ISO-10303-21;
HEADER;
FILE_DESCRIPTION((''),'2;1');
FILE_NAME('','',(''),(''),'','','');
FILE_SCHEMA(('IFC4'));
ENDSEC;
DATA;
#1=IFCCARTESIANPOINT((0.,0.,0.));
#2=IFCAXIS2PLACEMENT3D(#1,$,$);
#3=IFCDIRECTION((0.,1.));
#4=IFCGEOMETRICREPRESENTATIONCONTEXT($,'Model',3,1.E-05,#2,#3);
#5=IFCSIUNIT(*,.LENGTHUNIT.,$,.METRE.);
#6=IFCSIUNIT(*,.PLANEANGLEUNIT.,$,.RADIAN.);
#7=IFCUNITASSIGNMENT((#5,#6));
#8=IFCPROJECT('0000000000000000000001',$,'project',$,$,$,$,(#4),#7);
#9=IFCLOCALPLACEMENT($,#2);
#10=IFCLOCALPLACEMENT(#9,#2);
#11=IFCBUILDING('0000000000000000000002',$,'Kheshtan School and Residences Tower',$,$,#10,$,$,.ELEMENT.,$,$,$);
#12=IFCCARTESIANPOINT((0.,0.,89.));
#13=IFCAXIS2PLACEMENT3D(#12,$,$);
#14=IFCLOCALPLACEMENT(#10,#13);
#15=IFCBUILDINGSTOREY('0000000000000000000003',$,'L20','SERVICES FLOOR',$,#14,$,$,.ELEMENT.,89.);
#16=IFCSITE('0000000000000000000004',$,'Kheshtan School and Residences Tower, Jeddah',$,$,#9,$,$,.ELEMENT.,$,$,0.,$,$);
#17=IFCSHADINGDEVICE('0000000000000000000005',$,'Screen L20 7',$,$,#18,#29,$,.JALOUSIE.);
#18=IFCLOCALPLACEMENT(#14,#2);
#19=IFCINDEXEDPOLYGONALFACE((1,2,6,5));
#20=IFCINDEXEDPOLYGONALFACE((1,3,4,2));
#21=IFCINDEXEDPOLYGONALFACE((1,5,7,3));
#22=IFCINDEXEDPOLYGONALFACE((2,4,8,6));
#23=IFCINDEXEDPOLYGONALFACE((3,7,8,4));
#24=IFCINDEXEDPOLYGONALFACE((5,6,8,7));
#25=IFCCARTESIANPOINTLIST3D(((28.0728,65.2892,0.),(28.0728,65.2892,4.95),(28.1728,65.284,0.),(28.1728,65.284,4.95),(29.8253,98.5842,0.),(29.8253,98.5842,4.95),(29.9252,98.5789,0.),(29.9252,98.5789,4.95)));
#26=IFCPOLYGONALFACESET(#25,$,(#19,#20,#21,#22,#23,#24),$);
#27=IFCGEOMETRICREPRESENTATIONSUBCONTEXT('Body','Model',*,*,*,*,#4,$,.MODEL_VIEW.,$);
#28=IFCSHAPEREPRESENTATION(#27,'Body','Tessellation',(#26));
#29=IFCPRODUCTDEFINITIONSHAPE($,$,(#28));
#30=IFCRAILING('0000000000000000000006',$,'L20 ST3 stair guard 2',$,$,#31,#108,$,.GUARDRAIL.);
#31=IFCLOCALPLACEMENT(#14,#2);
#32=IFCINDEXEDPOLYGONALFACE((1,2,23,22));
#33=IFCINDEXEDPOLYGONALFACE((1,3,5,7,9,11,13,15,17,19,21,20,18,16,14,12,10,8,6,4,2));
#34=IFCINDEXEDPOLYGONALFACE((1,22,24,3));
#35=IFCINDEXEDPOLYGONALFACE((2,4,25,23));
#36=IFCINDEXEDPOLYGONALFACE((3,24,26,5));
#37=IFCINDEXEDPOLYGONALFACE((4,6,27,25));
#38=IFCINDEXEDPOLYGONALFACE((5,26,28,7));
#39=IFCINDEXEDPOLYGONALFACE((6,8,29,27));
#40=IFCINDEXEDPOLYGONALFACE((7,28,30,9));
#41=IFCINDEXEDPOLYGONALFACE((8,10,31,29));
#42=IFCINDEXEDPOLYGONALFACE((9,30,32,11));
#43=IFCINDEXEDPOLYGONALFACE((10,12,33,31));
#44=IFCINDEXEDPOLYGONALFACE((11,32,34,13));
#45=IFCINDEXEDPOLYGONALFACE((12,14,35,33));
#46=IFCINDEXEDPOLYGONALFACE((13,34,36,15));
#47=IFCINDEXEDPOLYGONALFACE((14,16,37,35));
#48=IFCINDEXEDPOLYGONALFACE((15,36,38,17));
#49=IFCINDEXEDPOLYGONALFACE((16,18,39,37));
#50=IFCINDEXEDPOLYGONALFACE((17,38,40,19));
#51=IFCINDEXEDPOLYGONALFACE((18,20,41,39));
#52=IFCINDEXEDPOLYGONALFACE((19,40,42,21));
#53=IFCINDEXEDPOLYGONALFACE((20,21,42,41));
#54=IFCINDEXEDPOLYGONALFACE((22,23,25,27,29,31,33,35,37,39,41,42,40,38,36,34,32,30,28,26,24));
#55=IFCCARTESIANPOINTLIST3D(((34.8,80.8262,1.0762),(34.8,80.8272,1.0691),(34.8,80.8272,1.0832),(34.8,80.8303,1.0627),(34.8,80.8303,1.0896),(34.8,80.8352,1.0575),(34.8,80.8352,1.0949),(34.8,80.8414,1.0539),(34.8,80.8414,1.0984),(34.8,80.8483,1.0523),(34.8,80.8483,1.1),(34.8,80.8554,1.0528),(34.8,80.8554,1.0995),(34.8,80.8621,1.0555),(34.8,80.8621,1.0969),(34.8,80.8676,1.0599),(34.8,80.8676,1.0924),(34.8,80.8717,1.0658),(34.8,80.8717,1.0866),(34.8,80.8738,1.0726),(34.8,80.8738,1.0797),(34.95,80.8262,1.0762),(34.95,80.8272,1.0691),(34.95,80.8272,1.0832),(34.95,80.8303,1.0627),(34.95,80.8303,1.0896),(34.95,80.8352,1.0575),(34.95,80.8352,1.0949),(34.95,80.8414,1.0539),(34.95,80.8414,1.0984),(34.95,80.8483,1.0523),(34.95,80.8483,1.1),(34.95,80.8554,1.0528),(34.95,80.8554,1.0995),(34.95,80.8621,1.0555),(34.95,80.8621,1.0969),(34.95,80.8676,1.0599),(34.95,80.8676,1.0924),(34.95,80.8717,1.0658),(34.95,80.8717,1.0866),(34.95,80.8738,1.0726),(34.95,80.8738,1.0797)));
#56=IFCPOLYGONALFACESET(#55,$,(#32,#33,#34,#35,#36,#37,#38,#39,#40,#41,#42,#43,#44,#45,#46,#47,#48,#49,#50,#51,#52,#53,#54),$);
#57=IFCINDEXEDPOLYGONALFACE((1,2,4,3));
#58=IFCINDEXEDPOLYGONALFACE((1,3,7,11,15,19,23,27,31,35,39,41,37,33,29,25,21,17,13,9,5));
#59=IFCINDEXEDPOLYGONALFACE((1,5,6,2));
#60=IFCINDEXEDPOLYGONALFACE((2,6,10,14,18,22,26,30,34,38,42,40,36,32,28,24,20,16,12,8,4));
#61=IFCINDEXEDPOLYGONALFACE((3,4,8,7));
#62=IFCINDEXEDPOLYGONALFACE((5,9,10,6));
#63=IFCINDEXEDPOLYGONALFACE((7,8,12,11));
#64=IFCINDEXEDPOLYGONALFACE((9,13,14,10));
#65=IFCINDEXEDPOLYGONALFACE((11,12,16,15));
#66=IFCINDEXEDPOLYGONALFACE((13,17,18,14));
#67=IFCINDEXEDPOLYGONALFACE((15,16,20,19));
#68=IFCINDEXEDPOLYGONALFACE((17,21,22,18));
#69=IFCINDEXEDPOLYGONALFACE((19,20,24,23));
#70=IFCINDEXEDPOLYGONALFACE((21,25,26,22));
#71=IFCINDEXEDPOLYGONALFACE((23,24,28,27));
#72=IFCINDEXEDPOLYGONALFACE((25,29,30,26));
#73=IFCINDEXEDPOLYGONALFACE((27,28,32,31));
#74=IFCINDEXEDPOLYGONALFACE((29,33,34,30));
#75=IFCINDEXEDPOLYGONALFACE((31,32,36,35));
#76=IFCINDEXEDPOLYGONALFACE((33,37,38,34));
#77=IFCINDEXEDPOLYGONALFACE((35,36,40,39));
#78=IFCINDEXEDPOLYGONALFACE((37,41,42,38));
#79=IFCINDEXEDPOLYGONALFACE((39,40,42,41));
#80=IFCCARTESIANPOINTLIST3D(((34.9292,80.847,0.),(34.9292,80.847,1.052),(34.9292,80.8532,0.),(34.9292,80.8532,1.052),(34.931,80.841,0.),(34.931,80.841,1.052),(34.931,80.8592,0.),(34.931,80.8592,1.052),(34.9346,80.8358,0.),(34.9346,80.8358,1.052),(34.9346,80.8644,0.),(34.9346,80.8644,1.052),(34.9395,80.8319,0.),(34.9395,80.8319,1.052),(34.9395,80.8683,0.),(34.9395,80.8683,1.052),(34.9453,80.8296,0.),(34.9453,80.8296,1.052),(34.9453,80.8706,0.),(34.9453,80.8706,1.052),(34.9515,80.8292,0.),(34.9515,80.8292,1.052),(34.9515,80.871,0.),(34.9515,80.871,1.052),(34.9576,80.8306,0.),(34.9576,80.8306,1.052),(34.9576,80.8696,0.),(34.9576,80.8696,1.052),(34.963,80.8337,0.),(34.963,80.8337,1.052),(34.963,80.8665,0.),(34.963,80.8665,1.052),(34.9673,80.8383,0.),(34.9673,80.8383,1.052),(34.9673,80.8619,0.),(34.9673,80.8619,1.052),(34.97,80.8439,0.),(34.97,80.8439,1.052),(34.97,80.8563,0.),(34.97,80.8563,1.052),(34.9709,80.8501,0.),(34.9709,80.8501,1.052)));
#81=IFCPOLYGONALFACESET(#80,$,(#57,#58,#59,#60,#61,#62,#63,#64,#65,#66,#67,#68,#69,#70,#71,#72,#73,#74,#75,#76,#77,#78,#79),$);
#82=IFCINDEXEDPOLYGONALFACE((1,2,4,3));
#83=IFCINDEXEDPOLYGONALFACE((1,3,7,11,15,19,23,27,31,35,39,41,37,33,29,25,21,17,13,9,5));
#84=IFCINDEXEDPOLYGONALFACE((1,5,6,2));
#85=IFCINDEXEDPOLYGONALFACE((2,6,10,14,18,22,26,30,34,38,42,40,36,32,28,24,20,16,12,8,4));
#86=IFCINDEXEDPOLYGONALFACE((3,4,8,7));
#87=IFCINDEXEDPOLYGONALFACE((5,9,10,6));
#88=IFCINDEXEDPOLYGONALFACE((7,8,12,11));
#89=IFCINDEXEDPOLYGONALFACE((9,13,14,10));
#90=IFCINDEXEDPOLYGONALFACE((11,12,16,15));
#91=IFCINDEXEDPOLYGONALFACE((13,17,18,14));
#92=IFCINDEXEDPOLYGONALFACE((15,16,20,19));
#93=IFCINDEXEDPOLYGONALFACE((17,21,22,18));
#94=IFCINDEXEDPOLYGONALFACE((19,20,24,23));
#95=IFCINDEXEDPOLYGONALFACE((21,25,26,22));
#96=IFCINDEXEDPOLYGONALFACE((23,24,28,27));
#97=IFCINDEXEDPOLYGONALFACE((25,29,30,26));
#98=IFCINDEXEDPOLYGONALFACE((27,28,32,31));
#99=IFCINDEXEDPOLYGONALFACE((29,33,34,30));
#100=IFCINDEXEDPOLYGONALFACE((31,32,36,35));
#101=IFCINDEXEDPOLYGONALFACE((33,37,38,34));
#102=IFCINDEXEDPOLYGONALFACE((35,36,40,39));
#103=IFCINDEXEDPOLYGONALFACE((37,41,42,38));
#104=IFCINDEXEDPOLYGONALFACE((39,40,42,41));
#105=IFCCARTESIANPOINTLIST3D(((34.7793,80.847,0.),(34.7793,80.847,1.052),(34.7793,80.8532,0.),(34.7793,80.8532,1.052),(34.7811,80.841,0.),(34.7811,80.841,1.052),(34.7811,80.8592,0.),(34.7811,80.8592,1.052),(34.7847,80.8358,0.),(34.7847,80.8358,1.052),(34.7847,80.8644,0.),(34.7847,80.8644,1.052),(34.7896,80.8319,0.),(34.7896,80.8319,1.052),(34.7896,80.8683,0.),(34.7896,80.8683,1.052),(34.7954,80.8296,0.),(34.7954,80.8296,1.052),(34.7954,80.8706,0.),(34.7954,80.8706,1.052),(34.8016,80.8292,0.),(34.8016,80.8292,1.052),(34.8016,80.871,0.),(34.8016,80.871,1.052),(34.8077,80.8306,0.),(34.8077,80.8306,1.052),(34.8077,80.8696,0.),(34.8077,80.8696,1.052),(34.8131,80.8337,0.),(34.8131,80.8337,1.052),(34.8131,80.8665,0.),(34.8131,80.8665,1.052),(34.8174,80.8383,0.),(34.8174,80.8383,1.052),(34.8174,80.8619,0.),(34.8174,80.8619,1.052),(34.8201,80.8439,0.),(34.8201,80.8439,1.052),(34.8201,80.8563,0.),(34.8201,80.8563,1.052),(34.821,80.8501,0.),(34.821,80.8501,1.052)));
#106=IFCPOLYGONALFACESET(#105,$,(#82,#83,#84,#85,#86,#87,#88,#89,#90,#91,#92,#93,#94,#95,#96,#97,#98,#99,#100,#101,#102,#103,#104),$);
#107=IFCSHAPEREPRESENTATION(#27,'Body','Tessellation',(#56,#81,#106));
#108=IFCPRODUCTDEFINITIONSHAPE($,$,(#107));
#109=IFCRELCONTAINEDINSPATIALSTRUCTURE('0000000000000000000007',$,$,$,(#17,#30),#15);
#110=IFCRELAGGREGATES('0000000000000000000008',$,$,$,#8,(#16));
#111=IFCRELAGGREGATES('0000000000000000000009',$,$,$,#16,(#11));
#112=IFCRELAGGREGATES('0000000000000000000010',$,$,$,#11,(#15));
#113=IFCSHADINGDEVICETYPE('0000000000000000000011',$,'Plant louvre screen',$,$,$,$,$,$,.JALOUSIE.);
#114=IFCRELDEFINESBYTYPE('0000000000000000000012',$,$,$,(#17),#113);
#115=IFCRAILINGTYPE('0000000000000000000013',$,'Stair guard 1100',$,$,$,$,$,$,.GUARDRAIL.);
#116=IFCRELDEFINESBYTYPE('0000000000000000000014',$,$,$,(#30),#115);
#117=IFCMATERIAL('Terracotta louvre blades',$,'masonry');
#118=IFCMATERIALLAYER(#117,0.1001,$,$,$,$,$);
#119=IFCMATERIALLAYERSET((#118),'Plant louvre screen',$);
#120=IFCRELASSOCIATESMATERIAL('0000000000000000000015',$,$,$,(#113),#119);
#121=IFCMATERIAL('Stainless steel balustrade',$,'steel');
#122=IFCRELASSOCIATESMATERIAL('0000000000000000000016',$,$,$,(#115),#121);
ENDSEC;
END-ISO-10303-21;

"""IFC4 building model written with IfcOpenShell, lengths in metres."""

from ifc_helpers import new_model, si_unit, direction, frame, origin, origin_2d, place, context, subcontext, project, spatial, rectangle, circle, extrude, material, layer, layer_set, type_object, element, save


model = new_model("IFC4")

# Units and contexts
model_context = context("Model", 3, precision=1e-05, world=origin(), true_north=direction((0.0, 1.0)))
body_context = subcontext(model_context, "Body", "Model", "MODEL_VIEW")
ifc_project = project(units=[si_unit("LENGTHUNIT", "METRE"), si_unit("PLANEANGLEUNIT", "RADIAN")], contexts=[model_context])

# Site, building, storey
site_placement = place(None, origin())
site = spatial("IfcSite", under=ifc_project, at=site_placement, Name="Kheshtan School and Residences Tower, Jeddah", CompositionType="ELEMENT", RefElevation=0.0)
building_placement = place(site_placement, origin())
building = spatial("IfcBuilding", under=site, at=building_placement, Name="Kheshtan School and Residences Tower", CompositionType="ELEMENT")
storey_placement = place(building_placement, frame((0.0, 0.0, 89.0)))
storey = spatial("IfcBuildingStorey", under=building, at=storey_placement, Name="L20", Description="SERVICES FLOOR", CompositionType="ELEMENT", Elevation=89.0)

# Shading device
ifc_material_1 = material(Name="Terracotta louvre blades", Category="masonry")
ifc_layer_1 = layer(ifc_material_1, 0.1001)
ifc_layer_set_1 = layer_set([ifc_layer_1], Name="Plant louvre screen")
shading_device_type = type_object("IfcShadingDeviceType", Name="Plant louvre screen", PredefinedType="JALOUSIE", material=ifc_layer_set_1)
shading_device_placement = place(storey_placement, frame((28.999, 81.9341, 0.0), z_axis=(0.0, 0.0, 1.0), x_axis=(0.052563, 0.998618, 0.0)))
element("IfcShadingDevice", 1, at=shading_device_placement, inside=storey, type_object=shading_device_type, Name="Screen L20 7", PredefinedType="JALOUSIE", context=body_context, shape_type="SweptSolid", body=[
    extrude(rectangle(XDim=33.3411, YDim=0.1001, at=origin_2d()), origin(), (0.0, 0.0, 1.0), 4.95),
])

# Railing
ifc_material_2 = material(Name="Stainless steel balustrade", Category="steel")
railing_type_1 = type_object("IfcRailingType", Name="Stair guard 1100", PredefinedType="GUARDRAIL", material=ifc_material_2)
railing_1_placement = place(storey_placement, frame((34.95, 80.8501, 0.0)))
element("IfcRailing", 2, at=railing_1_placement, inside=storey, type_object=railing_type_1, Name="L20 ST3 stair guard 2", PredefinedType="GUARDRAIL", context=body_context, shape_type="SweptSolid", body=[
    extrude(circle(Radius=0.0239, at=origin_2d()), frame((0.0, 0.0, 1.0762), z_axis=(-1.0, 0.0, 0.0), x_axis=(0.0, -1.0, 0.0)), (0.0, 0.0, 1.0), 0.1499),
    extrude(circle(Radius=0.021, at=origin_2d()), origin(), (0.0, 0.0, 1.0), 1.052),
    extrude(circle(Radius=0.021, at=origin_2d()), frame((-0.1499, 0.0, 0.0)), (0.0, 0.0, 1.0), 1.052),
])

save(model, "model.ifc")
